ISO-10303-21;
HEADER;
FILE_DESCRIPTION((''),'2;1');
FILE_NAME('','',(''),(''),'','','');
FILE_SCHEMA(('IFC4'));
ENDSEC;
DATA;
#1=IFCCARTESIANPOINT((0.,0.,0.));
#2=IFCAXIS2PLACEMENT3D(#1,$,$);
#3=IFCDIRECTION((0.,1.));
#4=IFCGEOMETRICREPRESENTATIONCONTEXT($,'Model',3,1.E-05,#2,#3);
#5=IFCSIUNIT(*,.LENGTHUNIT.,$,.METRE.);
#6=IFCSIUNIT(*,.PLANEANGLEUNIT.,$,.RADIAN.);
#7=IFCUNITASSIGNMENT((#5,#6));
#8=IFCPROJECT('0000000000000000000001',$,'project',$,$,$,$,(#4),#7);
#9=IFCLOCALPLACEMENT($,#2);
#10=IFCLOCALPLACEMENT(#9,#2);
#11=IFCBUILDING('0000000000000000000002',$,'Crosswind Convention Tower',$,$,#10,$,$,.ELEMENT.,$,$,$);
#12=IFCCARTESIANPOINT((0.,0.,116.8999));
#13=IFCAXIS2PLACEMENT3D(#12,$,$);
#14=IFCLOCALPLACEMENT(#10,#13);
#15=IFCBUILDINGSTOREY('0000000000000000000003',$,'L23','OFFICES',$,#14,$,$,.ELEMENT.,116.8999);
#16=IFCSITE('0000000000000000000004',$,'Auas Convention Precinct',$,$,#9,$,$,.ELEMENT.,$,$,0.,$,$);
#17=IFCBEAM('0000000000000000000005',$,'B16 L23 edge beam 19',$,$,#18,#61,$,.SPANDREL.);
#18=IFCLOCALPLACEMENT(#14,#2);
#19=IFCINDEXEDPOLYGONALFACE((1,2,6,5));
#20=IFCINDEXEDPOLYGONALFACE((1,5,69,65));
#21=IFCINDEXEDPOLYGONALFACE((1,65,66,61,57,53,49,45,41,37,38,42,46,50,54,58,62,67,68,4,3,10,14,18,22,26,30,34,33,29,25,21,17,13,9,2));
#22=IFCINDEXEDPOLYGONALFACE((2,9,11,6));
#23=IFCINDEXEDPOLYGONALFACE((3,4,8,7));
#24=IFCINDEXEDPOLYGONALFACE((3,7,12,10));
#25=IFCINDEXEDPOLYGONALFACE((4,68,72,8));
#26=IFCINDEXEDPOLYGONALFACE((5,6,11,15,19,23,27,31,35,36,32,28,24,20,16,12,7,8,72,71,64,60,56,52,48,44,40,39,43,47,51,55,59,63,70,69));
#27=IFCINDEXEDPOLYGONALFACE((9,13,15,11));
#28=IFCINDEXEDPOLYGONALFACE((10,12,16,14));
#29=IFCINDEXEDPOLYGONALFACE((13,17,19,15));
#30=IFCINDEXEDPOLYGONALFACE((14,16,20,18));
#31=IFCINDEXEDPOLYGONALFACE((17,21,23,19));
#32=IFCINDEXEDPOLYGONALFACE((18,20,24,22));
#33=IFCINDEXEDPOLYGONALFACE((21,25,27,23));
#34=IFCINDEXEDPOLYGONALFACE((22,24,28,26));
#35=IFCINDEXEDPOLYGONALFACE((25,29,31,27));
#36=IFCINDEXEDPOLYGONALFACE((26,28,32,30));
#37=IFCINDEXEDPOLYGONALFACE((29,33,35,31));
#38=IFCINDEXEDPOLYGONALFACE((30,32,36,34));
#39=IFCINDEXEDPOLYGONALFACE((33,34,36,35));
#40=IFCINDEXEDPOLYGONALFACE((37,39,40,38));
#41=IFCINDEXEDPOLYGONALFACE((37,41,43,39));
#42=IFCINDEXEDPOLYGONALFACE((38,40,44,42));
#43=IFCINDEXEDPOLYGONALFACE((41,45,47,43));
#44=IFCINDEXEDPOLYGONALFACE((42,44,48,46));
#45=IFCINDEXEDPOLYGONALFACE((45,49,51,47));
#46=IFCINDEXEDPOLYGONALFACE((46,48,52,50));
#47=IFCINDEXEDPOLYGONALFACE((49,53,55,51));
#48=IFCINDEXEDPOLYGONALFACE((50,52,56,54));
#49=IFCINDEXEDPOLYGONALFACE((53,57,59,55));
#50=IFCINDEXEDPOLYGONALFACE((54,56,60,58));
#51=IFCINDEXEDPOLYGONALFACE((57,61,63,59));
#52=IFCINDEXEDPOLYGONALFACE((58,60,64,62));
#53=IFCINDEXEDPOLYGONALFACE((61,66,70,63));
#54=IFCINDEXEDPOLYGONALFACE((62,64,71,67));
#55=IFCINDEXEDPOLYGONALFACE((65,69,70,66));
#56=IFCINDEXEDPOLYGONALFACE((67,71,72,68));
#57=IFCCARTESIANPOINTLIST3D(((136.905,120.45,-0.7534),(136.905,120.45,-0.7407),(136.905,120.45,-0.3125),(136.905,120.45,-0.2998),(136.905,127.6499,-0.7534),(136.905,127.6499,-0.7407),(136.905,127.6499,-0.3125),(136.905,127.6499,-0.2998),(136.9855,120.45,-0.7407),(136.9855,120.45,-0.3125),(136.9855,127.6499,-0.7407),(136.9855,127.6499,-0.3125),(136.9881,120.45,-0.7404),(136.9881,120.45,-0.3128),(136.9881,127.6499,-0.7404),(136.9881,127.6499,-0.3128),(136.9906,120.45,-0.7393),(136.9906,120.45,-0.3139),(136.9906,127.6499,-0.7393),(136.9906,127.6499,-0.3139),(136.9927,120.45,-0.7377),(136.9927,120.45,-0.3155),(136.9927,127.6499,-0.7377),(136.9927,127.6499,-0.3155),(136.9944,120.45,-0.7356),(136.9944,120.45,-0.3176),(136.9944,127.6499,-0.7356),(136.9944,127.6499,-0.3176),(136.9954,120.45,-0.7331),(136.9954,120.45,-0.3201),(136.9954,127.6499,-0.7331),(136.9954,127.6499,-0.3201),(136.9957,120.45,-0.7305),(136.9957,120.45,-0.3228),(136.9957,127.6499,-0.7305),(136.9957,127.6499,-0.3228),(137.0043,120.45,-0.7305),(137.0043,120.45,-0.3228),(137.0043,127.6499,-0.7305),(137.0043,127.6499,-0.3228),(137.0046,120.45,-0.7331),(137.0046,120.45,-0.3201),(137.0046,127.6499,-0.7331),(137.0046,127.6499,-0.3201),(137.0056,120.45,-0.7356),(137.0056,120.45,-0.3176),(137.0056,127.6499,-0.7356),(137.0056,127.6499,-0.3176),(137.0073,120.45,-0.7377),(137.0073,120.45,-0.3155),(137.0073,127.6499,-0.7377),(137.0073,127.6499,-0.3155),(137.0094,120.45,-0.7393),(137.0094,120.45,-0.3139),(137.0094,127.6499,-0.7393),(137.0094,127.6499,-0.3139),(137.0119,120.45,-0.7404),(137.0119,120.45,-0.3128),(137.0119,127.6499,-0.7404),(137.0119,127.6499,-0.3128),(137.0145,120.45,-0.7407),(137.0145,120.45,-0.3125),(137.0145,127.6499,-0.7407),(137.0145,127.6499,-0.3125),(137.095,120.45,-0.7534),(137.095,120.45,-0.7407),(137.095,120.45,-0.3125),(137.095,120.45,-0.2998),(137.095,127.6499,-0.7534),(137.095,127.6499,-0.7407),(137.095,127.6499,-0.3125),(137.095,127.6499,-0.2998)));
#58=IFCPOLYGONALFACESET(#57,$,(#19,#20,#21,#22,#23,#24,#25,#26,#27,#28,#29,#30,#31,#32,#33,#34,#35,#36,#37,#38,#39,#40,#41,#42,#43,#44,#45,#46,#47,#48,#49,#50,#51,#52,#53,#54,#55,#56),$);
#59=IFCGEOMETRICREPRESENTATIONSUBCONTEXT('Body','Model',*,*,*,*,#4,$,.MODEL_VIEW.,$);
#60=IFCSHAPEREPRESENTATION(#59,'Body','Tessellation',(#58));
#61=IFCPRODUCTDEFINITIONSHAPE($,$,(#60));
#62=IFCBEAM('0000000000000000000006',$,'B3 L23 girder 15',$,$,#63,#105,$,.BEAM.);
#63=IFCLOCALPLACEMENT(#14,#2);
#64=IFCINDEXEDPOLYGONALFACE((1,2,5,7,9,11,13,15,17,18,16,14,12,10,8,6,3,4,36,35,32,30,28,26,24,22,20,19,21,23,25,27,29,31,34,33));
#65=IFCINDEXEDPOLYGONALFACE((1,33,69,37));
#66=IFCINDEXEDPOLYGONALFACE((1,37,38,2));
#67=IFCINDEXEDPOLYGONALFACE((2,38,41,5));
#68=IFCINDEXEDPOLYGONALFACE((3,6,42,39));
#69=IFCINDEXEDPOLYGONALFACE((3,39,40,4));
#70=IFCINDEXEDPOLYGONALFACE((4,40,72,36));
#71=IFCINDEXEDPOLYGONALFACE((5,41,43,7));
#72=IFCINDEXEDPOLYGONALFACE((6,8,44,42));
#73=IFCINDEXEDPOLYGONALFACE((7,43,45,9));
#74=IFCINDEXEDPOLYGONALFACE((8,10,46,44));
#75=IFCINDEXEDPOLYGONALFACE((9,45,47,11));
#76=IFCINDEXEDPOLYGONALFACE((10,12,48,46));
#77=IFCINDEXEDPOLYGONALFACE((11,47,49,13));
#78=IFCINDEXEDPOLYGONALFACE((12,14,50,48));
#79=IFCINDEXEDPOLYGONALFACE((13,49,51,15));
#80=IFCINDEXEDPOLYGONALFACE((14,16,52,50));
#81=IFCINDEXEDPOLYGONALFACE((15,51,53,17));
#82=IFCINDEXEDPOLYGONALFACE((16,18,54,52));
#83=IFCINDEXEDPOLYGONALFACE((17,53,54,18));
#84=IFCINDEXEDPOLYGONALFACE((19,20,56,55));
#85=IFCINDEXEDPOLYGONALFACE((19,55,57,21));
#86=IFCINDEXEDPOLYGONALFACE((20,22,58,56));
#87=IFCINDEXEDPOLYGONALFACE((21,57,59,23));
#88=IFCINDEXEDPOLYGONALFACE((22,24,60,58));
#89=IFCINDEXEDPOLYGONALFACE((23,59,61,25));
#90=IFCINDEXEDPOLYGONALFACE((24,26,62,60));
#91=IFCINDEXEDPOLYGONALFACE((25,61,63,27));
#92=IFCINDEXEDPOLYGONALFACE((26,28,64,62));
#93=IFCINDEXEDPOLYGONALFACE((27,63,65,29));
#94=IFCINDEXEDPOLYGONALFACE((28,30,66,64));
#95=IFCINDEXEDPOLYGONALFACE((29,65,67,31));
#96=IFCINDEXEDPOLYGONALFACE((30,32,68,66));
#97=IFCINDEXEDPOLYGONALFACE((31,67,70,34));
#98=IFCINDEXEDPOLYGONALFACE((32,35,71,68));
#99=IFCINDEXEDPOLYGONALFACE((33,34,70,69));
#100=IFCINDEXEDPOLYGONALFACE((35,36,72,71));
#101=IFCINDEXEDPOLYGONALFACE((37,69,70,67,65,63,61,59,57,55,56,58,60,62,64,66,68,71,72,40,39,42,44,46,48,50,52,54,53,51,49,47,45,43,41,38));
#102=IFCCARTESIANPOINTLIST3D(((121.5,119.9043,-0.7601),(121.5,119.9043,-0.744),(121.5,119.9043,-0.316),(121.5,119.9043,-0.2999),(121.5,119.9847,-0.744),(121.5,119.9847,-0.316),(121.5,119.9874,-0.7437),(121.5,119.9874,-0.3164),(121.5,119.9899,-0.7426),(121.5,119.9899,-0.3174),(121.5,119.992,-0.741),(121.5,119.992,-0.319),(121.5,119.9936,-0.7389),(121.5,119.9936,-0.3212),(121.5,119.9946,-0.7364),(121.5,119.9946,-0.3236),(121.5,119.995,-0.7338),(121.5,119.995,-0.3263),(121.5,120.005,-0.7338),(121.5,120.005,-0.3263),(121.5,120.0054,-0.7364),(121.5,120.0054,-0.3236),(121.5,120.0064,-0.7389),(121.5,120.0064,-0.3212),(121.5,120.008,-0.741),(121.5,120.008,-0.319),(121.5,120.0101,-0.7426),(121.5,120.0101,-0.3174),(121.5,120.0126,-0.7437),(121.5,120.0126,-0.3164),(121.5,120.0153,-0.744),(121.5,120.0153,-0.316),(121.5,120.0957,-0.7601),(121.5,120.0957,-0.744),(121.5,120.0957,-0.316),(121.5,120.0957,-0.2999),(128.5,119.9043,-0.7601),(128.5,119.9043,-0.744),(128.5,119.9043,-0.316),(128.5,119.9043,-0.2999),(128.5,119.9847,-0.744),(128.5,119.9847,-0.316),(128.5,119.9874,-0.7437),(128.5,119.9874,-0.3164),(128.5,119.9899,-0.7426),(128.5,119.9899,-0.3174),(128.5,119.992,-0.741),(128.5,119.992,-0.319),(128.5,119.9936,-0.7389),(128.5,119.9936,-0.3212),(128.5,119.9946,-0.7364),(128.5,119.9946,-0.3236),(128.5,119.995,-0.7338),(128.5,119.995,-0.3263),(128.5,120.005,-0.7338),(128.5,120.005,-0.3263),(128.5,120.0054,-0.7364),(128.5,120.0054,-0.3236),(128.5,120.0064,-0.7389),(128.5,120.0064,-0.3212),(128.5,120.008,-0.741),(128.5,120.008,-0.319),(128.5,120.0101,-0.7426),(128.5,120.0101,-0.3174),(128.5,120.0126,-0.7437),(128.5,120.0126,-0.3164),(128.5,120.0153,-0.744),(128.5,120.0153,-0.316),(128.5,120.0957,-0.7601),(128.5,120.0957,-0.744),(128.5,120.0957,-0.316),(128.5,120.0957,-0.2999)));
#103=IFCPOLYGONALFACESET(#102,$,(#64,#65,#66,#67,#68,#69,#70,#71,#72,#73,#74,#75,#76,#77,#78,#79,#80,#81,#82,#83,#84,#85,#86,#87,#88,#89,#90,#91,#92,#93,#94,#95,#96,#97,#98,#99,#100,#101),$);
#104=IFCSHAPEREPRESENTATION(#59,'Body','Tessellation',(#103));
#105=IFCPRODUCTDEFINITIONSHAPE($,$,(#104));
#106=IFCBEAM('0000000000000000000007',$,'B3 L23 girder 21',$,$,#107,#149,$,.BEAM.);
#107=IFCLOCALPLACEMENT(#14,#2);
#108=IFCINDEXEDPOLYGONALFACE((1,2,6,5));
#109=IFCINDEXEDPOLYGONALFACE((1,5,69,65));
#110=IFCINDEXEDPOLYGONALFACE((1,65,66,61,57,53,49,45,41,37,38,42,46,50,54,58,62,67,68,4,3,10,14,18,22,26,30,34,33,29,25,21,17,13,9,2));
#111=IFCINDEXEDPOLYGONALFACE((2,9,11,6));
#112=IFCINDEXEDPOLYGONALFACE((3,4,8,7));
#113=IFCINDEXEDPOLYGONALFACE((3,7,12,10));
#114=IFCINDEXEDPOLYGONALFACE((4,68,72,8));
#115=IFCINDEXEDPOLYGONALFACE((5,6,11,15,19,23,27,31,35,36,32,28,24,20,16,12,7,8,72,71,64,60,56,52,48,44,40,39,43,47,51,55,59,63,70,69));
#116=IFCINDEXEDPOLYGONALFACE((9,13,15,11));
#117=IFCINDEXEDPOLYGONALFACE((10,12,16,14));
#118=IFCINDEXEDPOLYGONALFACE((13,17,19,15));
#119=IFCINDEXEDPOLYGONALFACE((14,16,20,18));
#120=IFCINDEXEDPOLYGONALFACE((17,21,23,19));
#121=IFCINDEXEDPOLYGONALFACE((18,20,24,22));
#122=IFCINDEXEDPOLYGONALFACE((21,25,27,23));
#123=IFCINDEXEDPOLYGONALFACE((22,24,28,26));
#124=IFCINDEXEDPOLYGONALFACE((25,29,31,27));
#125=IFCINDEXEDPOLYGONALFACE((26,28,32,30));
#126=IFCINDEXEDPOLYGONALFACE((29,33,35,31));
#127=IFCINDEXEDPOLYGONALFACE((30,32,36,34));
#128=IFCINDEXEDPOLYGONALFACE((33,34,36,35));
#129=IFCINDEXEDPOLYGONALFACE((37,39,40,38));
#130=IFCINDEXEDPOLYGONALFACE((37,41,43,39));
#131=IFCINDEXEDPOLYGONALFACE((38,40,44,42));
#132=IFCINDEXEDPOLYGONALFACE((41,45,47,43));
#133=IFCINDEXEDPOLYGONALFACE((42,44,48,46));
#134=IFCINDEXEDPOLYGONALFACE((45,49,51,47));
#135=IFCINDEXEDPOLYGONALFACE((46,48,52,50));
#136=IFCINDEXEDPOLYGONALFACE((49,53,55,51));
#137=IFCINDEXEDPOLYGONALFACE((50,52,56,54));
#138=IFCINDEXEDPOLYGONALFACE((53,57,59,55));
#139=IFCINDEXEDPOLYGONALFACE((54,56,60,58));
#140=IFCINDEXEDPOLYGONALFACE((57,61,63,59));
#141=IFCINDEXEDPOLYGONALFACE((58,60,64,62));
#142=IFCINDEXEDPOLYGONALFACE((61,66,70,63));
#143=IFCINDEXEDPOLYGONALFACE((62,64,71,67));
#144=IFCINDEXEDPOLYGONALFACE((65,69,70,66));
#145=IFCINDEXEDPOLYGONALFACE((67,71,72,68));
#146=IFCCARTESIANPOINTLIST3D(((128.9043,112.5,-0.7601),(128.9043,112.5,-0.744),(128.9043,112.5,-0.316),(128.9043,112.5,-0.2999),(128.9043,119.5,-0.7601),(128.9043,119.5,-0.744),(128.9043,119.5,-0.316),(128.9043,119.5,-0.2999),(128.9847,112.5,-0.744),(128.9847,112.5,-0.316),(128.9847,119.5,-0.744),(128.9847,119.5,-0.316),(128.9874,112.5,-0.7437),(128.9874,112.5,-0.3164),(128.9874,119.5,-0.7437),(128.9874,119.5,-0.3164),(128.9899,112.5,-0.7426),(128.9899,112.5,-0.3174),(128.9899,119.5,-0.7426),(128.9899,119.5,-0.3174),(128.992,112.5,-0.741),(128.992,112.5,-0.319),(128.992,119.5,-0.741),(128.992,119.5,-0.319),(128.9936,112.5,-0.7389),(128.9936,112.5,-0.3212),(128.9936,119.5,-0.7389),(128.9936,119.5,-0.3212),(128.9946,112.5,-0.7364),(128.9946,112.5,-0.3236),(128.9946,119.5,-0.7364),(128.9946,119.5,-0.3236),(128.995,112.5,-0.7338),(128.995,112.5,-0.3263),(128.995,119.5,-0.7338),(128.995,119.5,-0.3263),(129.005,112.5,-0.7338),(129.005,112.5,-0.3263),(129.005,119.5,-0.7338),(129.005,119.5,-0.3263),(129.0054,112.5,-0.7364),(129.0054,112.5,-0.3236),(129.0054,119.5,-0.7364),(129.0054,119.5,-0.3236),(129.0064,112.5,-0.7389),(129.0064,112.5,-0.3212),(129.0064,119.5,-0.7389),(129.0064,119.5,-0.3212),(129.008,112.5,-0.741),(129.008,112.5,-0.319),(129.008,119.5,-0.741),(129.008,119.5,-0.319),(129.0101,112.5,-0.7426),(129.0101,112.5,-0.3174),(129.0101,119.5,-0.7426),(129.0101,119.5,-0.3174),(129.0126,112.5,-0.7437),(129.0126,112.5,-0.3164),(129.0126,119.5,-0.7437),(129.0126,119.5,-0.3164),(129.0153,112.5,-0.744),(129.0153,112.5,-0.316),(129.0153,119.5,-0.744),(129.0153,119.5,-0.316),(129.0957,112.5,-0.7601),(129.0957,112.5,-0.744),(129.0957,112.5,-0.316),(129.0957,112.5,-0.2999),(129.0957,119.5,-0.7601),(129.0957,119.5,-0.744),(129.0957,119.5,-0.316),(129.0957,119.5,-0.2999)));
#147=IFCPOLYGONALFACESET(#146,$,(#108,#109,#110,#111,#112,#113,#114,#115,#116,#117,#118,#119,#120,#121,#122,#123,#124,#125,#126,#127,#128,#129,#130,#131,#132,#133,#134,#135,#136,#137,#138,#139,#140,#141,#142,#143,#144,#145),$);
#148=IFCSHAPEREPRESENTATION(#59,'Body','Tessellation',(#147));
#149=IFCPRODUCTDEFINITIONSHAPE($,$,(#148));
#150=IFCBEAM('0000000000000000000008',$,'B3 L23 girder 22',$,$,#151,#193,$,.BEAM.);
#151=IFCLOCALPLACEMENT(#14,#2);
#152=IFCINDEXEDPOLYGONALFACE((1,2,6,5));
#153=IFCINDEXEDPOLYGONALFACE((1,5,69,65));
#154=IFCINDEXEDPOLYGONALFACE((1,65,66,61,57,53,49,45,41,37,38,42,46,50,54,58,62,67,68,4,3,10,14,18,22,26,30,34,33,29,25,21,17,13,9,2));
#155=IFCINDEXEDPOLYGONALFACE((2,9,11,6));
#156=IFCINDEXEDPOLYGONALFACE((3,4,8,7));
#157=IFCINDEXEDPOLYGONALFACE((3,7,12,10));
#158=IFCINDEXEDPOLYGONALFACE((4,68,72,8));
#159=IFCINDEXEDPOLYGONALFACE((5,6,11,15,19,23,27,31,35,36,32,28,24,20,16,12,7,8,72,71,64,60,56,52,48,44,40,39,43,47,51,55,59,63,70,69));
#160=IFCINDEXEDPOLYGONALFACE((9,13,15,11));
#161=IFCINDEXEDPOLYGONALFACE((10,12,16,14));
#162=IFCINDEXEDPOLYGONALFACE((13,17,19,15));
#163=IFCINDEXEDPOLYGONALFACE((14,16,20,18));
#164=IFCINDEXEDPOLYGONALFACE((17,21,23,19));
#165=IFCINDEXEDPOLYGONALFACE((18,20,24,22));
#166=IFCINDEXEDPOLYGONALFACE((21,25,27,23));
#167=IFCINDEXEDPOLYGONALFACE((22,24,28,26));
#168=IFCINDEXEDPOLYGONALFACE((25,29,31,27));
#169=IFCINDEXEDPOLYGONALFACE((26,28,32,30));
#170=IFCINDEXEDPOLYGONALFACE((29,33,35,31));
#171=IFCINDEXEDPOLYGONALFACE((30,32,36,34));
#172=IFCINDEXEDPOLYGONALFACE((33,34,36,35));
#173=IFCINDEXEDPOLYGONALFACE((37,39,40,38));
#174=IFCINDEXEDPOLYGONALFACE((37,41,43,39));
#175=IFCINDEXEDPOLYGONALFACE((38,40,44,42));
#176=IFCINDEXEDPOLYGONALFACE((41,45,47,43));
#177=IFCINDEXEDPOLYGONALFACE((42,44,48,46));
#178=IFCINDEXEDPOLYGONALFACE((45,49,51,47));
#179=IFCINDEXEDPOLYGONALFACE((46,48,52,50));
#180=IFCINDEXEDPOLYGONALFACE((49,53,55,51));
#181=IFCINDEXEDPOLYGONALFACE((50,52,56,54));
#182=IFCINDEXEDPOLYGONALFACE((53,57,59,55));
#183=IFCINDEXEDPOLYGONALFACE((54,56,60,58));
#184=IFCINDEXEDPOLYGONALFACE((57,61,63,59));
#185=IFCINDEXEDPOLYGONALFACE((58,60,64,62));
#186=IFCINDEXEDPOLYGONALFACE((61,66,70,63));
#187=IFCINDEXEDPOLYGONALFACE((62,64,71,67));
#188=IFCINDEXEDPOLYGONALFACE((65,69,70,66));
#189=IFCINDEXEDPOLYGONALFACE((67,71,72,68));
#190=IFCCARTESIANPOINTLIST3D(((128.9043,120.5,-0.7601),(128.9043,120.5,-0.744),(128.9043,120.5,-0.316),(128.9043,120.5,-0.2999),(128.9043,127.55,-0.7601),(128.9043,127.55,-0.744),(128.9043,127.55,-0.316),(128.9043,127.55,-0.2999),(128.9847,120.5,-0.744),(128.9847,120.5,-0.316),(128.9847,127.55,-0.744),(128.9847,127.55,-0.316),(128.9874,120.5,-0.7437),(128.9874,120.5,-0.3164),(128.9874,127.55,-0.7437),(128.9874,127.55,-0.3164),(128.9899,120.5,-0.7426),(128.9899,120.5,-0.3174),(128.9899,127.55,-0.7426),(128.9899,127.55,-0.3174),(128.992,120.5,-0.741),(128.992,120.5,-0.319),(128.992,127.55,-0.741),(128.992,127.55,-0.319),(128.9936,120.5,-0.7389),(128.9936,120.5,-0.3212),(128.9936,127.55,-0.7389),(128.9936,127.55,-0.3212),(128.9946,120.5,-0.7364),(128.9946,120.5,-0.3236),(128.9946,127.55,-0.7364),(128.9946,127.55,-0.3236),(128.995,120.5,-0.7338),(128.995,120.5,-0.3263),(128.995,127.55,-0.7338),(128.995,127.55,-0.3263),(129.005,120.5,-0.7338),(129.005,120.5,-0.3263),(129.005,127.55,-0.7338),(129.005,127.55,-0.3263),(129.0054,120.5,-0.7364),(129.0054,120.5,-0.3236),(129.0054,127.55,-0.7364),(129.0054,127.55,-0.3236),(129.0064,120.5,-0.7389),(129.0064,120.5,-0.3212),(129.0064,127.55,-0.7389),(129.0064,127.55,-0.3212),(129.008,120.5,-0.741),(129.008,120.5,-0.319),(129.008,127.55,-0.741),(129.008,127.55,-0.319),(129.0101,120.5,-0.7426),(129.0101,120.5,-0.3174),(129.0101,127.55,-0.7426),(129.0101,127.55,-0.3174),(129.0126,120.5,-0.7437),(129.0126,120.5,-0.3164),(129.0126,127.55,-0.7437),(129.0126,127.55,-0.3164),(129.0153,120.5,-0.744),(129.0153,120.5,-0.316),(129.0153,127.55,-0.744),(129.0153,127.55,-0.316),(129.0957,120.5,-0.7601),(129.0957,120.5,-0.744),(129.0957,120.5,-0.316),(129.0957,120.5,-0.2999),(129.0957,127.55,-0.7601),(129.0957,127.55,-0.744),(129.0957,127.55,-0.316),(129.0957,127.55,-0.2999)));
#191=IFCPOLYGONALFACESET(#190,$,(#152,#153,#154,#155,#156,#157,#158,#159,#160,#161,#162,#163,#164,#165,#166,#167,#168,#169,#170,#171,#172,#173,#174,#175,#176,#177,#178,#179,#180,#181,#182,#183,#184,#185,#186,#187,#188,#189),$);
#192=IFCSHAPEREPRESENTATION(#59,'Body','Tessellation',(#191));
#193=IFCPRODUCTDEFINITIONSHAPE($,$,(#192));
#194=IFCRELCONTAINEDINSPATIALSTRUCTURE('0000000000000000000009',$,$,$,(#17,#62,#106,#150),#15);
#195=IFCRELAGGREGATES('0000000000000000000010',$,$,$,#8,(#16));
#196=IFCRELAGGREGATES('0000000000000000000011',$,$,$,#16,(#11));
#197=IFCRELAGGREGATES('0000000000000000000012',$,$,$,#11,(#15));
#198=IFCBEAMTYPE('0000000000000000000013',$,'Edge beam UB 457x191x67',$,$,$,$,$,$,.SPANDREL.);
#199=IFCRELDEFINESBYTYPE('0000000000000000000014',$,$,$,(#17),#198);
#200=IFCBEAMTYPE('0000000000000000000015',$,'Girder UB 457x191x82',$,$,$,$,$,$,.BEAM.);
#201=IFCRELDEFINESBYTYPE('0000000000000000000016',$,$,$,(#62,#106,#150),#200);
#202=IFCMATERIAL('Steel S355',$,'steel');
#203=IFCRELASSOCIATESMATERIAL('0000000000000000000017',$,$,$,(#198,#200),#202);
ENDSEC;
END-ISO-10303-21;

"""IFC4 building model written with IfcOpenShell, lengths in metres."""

from ifc_helpers import new_model, si_unit, direction, frame, origin, origin_2d, place, context, subcontext, project, spatial, i_section, extrude, material, material_profile, profile_set, type_object, element, save


model = new_model("IFC4")

# Units and contexts
model_context = context("Model", 3, precision=1e-05, world=origin(), true_north=direction((0.0, 1.0)))
body_context = subcontext(model_context, "Body", "Model", "MODEL_VIEW")
ifc_project = project(units=[si_unit("LENGTHUNIT", "METRE"), si_unit("PLANEANGLEUNIT", "RADIAN")], contexts=[model_context])

# Site, building, storey
site_placement = place(None, origin())
site = spatial("IfcSite", under=ifc_project, at=site_placement, Name="Auas Convention Precinct", CompositionType="ELEMENT", RefElevation=0.0)
building_placement = place(site_placement, origin())
building = spatial("IfcBuilding", under=site, at=building_placement, Name="Crosswind Convention Tower", CompositionType="ELEMENT")
storey_placement = place(building_placement, frame((0.0, 0.0, 116.8999)))
storey = spatial("IfcBuildingStorey", under=building, at=storey_placement, Name="L23", Description="OFFICES", CompositionType="ELEMENT", Elevation=116.8999)

# Beams
ifc_material_1 = material(Name="Steel S355", Category="steel")
ifc_material_profile_1 = material_profile(ifc_material_1, i_section(OverallWidth=0.1899, OverallDepth=0.4536, WebThickness=0.0085, FlangeThickness=0.0127, FilletRadius=0.0103, at=origin_2d()), Name="UB 457x191x67")
ifc_profile_set_1 = profile_set([ifc_material_profile_1], Name="Steel S355")
beam_type_1 = type_object("IfcBeamType", Name="Edge beam UB 457x191x67", PredefinedType="SPANDREL", material=ifc_profile_set_1)
for number, where, z_axis, x_axis, name in (
    (1, (137.0, 120.45, -0.5266), (0.0, 1.0, 0.0), (-1.0, 0.0, 0.0), "B16 L23 edge beam 19"),
):
    element("IfcBeam", number, at=place(storey_placement, frame(where, z_axis=z_axis, x_axis=x_axis)), inside=storey, type_object=beam_type_1, Name=name, PredefinedType="SPANDREL", context=body_context, shape_type="SweptSolid", body=[
        extrude(i_section(OverallWidth=0.1899, OverallDepth=0.4536, WebThickness=0.0085, FlangeThickness=0.0127, FilletRadius=0.0103, at=origin_2d()), origin(), (0.0, 0.0, 1.0), 7.2),
    ])
ifc_material_profile_2 = material_profile(ifc_material_1, i_section(OverallWidth=0.1914, OverallDepth=0.4602, WebThickness=0.01, FlangeThickness=0.0161, FilletRadius=0.0103, at=origin_2d()), Name="UB 457x191x82")
ifc_profile_set_2 = profile_set([ifc_material_profile_2], Name="Steel S355")
beam_type_2 = type_object("IfcBeamType", Name="Girder UB 457x191x82", PredefinedType="BEAM", material=ifc_profile_set_2)
for number, where, z_axis, x_axis, name in (
    (2, (121.5, 120.0, -0.53), (1.0, 0.0, 0.0), (0.0, 1.0, 0.0), "B3 L23 girder 15"),
    (3, (129.0, 112.5, -0.53), (0.0, 1.0, 0.0), (-1.0, 0.0, 0.0), "B3 L23 girder 21"),
):
    element("IfcBeam", number, at=place(storey_placement, frame(where, z_axis=z_axis, x_axis=x_axis)), inside=storey, type_object=beam_type_2, Name=name, PredefinedType="BEAM", context=body_context, shape_type="SweptSolid", body=[
        extrude(i_section(OverallWidth=0.1914, OverallDepth=0.4602, WebThickness=0.01, FlangeThickness=0.0161, FilletRadius=0.0103, at=origin_2d()), origin(), (0.0, 0.0, 1.0), 7.0),
    ])
for number, where, z_axis, x_axis, name in (
    (4, (129.0, 120.5, -0.53), (0.0, 1.0, 0.0), (-1.0, 0.0, 0.0), "B3 L23 girder 22"),
):
    element("IfcBeam", number, at=place(storey_placement, frame(where, z_axis=z_axis, x_axis=x_axis)), inside=storey, type_object=beam_type_2, Name=name, PredefinedType="BEAM", context=body_context, shape_type="SweptSolid", body=[
        extrude(i_section(OverallWidth=0.1914, OverallDepth=0.4602, WebThickness=0.01, FlangeThickness=0.0161, FilletRadius=0.0103, at=origin_2d()), origin(), (0.0, 0.0, 1.0), 7.05),
    ])

save(model, "model.ifc")
